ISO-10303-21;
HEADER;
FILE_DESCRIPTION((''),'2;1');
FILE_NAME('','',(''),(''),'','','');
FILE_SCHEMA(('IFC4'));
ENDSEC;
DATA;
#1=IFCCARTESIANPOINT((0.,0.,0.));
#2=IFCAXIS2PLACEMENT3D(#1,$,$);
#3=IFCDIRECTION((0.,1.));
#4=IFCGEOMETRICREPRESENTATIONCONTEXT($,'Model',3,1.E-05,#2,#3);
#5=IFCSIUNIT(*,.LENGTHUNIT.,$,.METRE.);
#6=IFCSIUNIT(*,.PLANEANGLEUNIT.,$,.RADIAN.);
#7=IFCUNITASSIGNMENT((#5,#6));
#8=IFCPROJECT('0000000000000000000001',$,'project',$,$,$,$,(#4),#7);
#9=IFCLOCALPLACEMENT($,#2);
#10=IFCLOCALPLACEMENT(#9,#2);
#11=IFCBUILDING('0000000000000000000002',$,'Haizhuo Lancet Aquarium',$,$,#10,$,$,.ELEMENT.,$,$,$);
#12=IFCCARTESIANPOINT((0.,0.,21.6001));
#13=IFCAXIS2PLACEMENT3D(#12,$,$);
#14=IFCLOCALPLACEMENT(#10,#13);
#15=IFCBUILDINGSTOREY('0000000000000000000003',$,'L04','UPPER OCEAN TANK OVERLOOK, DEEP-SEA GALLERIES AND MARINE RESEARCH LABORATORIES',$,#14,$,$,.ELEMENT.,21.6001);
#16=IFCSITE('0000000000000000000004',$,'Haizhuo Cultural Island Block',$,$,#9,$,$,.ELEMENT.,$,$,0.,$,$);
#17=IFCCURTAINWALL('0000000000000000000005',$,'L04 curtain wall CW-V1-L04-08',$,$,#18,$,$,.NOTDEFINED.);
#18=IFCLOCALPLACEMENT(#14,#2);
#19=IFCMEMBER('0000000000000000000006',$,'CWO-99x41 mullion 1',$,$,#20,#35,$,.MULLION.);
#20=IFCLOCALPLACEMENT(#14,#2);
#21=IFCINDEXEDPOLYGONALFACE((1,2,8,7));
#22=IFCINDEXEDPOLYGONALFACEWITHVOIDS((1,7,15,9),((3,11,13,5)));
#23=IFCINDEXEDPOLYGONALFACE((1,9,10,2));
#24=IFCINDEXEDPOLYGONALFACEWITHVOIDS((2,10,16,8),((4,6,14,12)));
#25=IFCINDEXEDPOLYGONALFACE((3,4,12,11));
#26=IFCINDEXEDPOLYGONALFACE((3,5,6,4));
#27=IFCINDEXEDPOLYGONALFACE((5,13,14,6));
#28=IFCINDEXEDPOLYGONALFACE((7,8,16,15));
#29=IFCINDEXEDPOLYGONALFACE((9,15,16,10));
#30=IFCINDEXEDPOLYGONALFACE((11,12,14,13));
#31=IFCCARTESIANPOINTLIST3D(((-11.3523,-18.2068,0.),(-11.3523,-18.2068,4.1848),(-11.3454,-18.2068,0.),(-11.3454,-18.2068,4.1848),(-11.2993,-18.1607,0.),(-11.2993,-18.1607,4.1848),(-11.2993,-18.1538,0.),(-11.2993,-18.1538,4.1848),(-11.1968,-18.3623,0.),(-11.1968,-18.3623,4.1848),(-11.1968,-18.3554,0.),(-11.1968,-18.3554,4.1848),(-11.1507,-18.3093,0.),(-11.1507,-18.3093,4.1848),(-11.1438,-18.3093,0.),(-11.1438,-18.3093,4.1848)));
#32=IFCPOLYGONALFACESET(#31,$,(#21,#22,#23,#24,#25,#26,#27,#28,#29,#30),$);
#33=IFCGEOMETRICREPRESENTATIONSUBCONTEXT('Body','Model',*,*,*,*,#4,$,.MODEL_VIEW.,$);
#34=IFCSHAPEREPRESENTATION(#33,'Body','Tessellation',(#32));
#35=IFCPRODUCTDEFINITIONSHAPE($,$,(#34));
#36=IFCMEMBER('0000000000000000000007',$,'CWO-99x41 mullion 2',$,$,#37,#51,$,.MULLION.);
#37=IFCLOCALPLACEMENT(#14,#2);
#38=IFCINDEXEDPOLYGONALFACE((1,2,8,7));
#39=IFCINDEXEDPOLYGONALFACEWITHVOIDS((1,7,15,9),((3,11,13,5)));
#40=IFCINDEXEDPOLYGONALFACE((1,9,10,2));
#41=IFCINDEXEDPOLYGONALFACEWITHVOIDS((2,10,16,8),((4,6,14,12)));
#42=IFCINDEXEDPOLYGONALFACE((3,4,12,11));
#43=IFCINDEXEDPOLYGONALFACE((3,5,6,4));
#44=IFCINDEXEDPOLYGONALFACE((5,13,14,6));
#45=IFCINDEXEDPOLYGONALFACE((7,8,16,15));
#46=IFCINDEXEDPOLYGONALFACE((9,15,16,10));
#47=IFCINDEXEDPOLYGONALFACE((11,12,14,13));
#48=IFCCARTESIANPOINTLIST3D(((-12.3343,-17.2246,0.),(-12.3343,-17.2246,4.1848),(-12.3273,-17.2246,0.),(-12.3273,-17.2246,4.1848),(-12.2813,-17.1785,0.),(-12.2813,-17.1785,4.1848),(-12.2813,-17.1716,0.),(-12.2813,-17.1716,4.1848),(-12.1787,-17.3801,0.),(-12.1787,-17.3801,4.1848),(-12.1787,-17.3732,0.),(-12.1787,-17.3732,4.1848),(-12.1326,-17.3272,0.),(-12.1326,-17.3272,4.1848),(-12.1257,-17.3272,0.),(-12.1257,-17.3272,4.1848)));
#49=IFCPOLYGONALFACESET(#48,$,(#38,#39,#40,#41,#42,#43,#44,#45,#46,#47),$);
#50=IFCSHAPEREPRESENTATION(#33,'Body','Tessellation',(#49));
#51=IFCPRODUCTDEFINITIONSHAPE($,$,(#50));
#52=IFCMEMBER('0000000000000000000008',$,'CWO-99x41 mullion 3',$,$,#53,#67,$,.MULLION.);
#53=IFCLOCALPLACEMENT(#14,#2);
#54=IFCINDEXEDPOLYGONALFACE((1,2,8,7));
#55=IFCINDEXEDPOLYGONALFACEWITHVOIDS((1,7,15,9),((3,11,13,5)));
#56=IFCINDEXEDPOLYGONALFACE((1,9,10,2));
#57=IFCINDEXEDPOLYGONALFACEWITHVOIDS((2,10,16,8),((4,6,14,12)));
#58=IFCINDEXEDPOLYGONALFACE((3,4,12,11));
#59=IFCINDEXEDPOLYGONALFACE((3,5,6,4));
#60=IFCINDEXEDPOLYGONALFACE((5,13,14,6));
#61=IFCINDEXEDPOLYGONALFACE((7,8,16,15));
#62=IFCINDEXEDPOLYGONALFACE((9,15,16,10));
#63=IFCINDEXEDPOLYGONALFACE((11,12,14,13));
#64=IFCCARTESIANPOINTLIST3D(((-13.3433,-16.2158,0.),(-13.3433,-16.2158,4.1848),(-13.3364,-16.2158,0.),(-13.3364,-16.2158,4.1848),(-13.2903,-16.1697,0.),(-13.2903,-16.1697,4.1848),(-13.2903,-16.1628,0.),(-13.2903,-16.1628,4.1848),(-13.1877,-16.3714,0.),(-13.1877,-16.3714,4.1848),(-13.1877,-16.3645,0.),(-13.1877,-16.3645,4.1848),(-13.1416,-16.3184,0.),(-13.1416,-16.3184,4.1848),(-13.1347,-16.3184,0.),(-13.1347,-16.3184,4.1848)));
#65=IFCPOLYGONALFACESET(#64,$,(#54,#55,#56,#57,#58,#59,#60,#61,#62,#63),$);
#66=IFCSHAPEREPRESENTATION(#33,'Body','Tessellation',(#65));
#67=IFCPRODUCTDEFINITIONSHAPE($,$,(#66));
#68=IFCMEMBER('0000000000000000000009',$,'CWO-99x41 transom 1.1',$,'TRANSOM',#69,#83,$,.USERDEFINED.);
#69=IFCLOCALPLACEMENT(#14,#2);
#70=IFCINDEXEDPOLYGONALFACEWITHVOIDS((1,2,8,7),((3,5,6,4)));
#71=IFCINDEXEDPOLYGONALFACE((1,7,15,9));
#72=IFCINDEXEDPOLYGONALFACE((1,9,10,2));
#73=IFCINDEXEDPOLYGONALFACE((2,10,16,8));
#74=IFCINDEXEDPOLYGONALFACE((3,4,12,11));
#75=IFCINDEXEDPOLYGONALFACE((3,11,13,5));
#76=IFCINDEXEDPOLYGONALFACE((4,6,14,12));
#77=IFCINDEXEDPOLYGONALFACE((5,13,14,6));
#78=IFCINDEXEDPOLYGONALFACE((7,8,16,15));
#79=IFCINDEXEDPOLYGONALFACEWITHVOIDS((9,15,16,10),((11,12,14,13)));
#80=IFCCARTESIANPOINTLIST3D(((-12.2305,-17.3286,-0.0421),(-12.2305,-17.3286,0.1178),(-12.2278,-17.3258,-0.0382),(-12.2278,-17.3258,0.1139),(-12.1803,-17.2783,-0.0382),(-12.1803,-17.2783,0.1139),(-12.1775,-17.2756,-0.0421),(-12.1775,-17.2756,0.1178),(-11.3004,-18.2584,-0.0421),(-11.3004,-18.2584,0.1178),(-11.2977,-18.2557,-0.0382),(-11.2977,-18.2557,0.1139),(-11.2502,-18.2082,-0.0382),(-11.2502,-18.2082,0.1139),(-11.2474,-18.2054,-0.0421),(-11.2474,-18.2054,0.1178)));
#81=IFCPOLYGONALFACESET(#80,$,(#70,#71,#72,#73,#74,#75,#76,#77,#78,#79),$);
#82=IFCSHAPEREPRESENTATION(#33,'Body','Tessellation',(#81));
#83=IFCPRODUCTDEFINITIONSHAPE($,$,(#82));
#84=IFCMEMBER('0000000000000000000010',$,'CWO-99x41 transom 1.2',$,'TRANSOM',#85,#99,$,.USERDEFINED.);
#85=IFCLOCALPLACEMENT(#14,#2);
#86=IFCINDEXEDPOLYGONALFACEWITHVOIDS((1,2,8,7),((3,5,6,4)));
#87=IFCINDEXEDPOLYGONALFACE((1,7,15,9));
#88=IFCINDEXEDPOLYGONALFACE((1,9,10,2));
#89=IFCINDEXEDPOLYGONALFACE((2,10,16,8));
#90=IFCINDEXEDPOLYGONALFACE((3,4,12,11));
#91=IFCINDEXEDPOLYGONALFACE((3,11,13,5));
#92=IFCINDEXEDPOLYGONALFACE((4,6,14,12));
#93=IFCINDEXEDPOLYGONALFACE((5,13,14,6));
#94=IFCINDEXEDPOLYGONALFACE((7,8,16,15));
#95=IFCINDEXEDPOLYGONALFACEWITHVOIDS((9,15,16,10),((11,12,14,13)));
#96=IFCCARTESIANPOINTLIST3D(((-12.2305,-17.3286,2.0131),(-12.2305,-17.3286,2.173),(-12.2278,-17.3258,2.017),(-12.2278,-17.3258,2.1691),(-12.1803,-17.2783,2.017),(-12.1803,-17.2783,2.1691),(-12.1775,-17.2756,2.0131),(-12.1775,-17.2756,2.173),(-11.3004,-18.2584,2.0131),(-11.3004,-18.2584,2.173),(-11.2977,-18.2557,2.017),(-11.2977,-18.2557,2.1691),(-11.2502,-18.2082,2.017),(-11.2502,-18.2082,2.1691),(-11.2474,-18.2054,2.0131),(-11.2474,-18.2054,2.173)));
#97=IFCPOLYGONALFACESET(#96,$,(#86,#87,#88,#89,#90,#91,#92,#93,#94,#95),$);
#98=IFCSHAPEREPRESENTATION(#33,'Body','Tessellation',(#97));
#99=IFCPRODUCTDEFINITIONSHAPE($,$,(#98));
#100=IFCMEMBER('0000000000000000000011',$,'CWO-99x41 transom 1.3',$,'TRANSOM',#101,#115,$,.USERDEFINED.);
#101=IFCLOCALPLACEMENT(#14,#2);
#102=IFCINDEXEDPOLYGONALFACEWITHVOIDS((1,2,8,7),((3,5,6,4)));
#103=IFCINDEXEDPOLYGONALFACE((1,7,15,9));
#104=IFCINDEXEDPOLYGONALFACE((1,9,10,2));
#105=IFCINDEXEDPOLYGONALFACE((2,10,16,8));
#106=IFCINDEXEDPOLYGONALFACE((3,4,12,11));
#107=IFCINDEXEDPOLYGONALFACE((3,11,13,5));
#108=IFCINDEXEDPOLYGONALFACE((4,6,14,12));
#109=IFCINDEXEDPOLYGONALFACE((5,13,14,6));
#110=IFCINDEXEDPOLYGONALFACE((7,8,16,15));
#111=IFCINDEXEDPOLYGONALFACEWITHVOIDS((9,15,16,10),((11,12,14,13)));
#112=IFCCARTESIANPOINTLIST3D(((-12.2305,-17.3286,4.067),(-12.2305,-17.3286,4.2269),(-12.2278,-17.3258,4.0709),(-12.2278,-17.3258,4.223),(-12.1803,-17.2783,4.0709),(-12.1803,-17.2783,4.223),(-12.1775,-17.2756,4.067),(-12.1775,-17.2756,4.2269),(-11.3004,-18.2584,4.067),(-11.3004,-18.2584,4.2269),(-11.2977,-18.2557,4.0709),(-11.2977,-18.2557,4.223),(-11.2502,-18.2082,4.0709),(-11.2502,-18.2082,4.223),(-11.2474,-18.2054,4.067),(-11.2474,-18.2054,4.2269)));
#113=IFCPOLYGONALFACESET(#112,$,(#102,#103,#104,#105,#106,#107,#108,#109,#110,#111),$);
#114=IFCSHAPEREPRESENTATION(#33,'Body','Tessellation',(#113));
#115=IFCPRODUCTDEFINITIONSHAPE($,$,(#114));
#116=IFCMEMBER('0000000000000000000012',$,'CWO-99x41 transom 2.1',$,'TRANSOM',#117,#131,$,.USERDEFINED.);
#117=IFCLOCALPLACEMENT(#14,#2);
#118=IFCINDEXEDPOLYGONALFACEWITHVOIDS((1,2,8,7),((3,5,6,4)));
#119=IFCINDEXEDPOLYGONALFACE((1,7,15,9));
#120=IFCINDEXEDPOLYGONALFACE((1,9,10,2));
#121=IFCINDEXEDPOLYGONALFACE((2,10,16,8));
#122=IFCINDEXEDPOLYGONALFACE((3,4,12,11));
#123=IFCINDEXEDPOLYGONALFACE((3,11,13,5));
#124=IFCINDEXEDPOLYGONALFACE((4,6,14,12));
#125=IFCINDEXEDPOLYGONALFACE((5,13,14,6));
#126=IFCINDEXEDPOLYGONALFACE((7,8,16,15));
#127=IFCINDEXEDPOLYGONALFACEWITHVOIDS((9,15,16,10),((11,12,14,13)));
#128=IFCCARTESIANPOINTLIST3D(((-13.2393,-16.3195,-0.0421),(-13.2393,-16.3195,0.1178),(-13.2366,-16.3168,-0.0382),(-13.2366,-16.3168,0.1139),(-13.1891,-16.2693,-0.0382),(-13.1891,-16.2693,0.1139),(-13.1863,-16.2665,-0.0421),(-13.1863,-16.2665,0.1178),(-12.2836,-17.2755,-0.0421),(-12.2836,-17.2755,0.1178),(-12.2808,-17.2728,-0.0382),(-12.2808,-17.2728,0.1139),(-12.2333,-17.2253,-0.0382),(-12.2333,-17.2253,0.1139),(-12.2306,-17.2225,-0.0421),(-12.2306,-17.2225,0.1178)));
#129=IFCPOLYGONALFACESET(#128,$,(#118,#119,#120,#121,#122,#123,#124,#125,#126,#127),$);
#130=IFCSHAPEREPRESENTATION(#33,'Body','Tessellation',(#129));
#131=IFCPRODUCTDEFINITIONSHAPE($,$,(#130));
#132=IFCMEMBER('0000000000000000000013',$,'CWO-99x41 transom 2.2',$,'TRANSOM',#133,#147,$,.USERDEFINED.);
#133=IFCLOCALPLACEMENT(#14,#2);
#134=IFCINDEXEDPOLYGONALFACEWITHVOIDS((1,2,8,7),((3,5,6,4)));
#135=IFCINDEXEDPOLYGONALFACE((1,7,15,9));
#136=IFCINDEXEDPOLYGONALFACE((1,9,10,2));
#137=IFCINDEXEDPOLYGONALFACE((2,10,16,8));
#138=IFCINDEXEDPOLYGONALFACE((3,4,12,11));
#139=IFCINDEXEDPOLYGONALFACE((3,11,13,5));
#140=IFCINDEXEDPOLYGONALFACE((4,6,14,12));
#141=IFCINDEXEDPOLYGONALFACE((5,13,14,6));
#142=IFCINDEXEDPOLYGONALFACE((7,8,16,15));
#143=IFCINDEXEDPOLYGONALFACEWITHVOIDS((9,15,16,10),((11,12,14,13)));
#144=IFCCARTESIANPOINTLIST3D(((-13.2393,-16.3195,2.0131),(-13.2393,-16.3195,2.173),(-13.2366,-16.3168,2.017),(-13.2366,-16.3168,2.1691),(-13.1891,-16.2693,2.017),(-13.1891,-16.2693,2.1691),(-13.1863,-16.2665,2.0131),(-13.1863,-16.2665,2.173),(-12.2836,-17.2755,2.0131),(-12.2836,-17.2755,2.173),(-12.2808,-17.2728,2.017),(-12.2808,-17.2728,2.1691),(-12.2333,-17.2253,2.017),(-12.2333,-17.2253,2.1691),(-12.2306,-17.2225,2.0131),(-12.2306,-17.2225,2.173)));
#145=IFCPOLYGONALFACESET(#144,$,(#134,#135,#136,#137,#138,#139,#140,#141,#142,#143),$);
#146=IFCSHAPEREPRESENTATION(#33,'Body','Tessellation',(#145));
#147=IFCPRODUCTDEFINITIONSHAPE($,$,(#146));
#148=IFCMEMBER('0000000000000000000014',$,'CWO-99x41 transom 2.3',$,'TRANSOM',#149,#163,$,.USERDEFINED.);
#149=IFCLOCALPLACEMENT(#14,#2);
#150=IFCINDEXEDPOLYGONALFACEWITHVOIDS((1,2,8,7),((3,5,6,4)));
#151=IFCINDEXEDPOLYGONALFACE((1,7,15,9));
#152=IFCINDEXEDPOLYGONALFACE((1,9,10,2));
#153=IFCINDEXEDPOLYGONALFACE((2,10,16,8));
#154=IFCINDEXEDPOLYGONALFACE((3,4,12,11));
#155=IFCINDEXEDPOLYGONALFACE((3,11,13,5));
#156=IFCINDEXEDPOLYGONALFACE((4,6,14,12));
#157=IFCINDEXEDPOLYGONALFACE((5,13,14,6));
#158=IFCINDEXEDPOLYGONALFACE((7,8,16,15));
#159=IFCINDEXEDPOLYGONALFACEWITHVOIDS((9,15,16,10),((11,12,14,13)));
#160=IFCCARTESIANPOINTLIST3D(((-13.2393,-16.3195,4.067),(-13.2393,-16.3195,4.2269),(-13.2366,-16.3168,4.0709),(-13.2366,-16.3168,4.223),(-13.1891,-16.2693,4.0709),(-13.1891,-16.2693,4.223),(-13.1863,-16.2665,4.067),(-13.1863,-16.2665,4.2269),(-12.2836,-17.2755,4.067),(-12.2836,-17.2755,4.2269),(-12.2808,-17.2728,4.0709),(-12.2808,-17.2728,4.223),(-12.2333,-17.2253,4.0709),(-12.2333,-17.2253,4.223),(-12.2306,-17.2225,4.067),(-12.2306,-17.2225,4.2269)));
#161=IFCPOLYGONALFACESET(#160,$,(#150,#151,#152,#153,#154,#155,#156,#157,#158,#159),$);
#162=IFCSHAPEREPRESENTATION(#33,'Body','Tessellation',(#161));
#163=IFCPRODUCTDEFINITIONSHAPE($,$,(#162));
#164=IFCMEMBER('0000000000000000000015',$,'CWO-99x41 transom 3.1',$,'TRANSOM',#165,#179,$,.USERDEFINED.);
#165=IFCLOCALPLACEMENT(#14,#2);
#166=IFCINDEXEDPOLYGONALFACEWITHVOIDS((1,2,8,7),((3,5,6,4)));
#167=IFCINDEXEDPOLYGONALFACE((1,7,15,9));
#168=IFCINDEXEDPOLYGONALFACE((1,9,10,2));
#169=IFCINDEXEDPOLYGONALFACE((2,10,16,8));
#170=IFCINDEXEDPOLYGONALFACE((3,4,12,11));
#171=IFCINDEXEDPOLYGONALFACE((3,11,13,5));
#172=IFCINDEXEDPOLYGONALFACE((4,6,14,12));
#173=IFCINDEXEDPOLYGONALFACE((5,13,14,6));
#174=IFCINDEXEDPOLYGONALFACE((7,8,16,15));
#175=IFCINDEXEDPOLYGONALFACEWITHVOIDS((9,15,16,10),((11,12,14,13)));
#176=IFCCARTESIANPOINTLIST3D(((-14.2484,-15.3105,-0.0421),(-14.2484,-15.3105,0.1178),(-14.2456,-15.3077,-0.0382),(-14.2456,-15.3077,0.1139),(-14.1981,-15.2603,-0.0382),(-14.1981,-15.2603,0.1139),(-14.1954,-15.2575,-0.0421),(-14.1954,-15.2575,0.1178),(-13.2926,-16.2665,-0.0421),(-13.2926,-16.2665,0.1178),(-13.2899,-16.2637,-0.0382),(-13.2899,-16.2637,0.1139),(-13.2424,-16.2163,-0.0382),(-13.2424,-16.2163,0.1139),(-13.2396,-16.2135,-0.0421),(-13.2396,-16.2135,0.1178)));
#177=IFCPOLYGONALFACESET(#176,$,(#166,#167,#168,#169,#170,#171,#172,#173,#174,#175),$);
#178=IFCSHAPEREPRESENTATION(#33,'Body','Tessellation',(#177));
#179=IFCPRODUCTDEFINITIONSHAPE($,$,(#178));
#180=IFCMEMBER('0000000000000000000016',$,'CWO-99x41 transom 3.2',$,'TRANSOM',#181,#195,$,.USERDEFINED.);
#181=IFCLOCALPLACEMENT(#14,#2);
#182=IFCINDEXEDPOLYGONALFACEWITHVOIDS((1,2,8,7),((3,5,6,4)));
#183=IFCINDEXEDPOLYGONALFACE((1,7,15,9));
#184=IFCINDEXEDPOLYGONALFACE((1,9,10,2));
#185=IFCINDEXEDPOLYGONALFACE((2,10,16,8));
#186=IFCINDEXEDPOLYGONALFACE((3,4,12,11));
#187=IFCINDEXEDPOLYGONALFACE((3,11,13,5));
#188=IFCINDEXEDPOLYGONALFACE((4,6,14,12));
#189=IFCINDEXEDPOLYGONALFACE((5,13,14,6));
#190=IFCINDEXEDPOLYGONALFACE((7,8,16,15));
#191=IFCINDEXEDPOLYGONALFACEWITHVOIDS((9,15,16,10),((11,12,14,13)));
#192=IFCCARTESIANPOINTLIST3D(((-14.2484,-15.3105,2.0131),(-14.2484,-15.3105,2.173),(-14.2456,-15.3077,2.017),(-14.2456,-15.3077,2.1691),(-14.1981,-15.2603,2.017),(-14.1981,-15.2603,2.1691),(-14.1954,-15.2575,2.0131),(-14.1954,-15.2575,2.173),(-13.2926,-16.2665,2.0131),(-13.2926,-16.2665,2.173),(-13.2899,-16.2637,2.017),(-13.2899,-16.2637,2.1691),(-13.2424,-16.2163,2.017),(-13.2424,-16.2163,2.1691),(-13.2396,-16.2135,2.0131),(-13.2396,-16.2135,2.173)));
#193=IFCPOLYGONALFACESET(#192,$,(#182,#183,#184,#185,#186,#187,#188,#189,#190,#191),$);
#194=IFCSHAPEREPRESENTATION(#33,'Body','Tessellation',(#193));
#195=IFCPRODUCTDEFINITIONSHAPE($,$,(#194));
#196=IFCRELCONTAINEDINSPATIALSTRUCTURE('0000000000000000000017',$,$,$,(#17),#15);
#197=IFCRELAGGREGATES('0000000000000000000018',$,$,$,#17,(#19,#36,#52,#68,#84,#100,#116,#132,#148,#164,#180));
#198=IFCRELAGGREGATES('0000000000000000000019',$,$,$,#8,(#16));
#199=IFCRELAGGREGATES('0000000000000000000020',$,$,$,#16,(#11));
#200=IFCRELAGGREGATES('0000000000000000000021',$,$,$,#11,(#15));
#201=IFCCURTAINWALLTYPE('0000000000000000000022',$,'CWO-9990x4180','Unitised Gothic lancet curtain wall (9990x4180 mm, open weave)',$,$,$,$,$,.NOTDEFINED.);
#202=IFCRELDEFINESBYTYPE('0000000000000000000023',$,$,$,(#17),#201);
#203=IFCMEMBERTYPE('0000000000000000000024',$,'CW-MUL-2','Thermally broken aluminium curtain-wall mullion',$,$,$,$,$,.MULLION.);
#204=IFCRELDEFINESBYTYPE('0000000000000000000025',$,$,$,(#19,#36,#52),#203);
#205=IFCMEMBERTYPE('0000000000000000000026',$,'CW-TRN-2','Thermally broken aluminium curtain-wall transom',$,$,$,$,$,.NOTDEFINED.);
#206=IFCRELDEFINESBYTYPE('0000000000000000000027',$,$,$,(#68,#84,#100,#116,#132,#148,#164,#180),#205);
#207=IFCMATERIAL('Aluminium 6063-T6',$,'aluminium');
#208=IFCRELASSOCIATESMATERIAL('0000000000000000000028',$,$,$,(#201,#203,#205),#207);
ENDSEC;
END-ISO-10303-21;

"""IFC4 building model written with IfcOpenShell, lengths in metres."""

from ifc_helpers import new_model, si_unit, direction, frame, origin, origin_2d, place, context, subcontext, project, spatial, hollow_rectangle, extrude, material, material_profile, profile_set, type_object, element, aggregate, save


model = new_model("IFC4")

# Units and contexts
model_context = context("Model", 3, precision=1e-05, world=origin(), true_north=direction((0.0, 1.0)))
body_context = subcontext(model_context, "Body", "Model", "MODEL_VIEW")
ifc_project = project(units=[si_unit("LENGTHUNIT", "METRE"), si_unit("PLANEANGLEUNIT", "RADIAN")], contexts=[model_context])

# Site, building, storey
site_placement = place(None, origin())
site = spatial("IfcSite", under=ifc_project, at=site_placement, Name="Haizhuo Cultural Island Block", CompositionType="ELEMENT", RefElevation=0.0)
building_placement = place(site_placement, origin())
building = spatial("IfcBuilding", under=site, at=building_placement, Name="Haizhuo Lancet Aquarium", CompositionType="ELEMENT")
storey_placement = place(building_placement, frame((0.0, 0.0, 21.6001)))
storey = spatial("IfcBuildingStorey", under=building, at=storey_placement, Name="L04", Description="UPPER OCEAN TANK OVERLOOK, DEEP-SEA GALLERIES AND MARINE RESEARCH LABORATORIES", CompositionType="ELEMENT", Elevation=21.6001)

# Curtain wall, members
ifc_material_1 = material(Name="Aluminium 6063-T6", Category="aluminium")
curtain_wall_type = type_object("IfcCurtainWallType", Name="CWO-9990x4180", Description="Unitised Gothic lancet curtain wall (9990x4180 mm, open weave)", PredefinedType="NOTDEFINED", material=ifc_material_1)
curtain_wall_placement = place(storey_placement, origin())
curtain_wall = element("IfcCurtainWall", 1, at=curtain_wall_placement, inside=storey, type_object=curtain_wall_type, Name="L04 curtain wall CW-V1-L04-08", PredefinedType="NOTDEFINED")
ifc_material_profile_1 = material_profile(ifc_material_1, hollow_rectangle(XDim=0.075, YDim=0.22, WallThickness=0.0049, at=origin_2d()), Name="ALU-M 75x220x5")
ifc_profile_set_1 = profile_set([ifc_material_profile_1], Name="Aluminium 6063-T6")
member_type_1 = type_object("IfcMemberType", Name="CW-MUL-2", Description="Thermally broken aluminium curtain-wall mullion", PredefinedType="MULLION", material=ifc_profile_set_1)
member_1_placement = place(storey_placement, frame((-11.248, -18.2581, 0.0), z_axis=(0.0, 0.0, 1.0), x_axis=(-0.707107, -0.707107, 0.0)))
member_1 = element("IfcMember", 2, at=member_1_placement, type_object=member_type_1, Name="CWO-99x41 mullion 1", PredefinedType="MULLION", context=body_context, shape_type="SweptSolid", body=[
    extrude(hollow_rectangle(XDim=0.075, YDim=0.22, WallThickness=0.0049, at=origin_2d()), origin(), (0.0, 0.0, 1.0), 4.1848),
])
member_2_placement = place(storey_placement, frame((-12.23, -17.2759, 0.0), z_axis=(0.0, 0.0, 1.0), x_axis=(-0.707107, -0.707107, 0.0)))
member_2 = element("IfcMember", 3, at=member_2_placement, type_object=member_type_1, Name="CWO-99x41 mullion 2", PredefinedType="MULLION", context=body_context, shape_type="SweptSolid", body=[
    extrude(hollow_rectangle(XDim=0.075, YDim=0.22, WallThickness=0.0049, at=origin_2d()), origin(), (0.0, 0.0, 1.0), 4.1848),
])
member_3_placement = place(storey_placement, frame((-13.239, -16.2671, 0.0), z_axis=(0.0, 0.0, 1.0), x_axis=(-0.707107, -0.707107, 0.0)))
member_3 = element("IfcMember", 4, at=member_3_placement, type_object=member_type_1, Name="CWO-99x41 mullion 3", PredefinedType="MULLION", context=body_context, shape_type="SweptSolid", body=[
    extrude(hollow_rectangle(XDim=0.075, YDim=0.22, WallThickness=0.0049, at=origin_2d()), origin(), (0.0, 0.0, 1.0), 4.1848),
])
ifc_material_profile_2 = material_profile(ifc_material_1, hollow_rectangle(XDim=0.075, YDim=0.1599, WallThickness=0.0039, at=origin_2d()), Name="ALU-T 75x160x4")
ifc_profile_set_2 = profile_set([ifc_material_profile_2], Name="Aluminium 6063-T6")
member_type_2 = type_object("IfcMemberType", Name="CW-TRN-2", Description="Thermally broken aluminium curtain-wall transom", PredefinedType="NOTDEFINED", material=ifc_profile_set_2)
member_4_placement = place(storey_placement, frame((-11.2739, -18.2319, 0.0378), z_axis=(-0.7072, 0.707014, 0.0), x_axis=(-0.707014, -0.7072, 0.0)))
member_4 = element("IfcMember", 5, at=member_4_placement, type_object=member_type_2, Name="CWO-99x41 transom 1.1", ObjectType="TRANSOM", PredefinedType="USERDEFINED", context=body_context, shape_type="SweptSolid", body=[
    extrude(hollow_rectangle(XDim=0.075, YDim=0.1599, WallThickness=0.0039, at=origin_2d()), origin(), (0.0, 0.0, 1.0), 1.3152),
])
member_5_placement = place(storey_placement, frame((-11.2739, -18.2319, 2.093), z_axis=(-0.7072, 0.707014, 0.0), x_axis=(-0.707014, -0.7072, 0.0)))
member_5 = element("IfcMember", 6, at=member_5_placement, type_object=member_type_2, Name="CWO-99x41 transom 1.2", ObjectType="TRANSOM", PredefinedType="USERDEFINED", context=body_context, shape_type="SweptSolid", body=[
    extrude(hollow_rectangle(XDim=0.075, YDim=0.1599, WallThickness=0.0039, at=origin_2d()), origin(), (0.0, 0.0, 1.0), 1.3152),
])
member_6_placement = place(storey_placement, frame((-11.2739, -18.2319, 4.147), z_axis=(-0.7072, 0.707014, 0.0), x_axis=(-0.707014, -0.7072, 0.0)))
member_6 = element("IfcMember", 7, at=member_6_placement, type_object=member_type_2, Name="CWO-99x41 transom 1.3", ObjectType="TRANSOM", PredefinedType="USERDEFINED", context=body_context, shape_type="SweptSolid", body=[
    extrude(hollow_rectangle(XDim=0.075, YDim=0.1599, WallThickness=0.0039, at=origin_2d()), origin(), (0.0, 0.0, 1.0), 1.3152),
])
member_7_placement = place(storey_placement, frame((-12.2571, -17.249, 0.0378), z_axis=(-0.707016, 0.707197, 0.0), x_axis=(-0.707197, -0.707016, 0.0)))
member_7 = element("IfcMember", 8, at=member_7_placement, type_object=member_type_2, Name="CWO-99x41 transom 2.1", ObjectType="TRANSOM", PredefinedType="USERDEFINED", context=body_context, shape_type="SweptSolid", body=[
    extrude(hollow_rectangle(XDim=0.075, YDim=0.1599, WallThickness=0.0039, at=origin_2d()), origin(), (0.0, 0.0, 1.0), 1.3518),
])
member_8_placement = place(storey_placement, frame((-12.2571, -17.249, 2.093), z_axis=(-0.707016, 0.707197, 0.0), x_axis=(-0.707197, -0.707016, 0.0)))
member_8 = element("IfcMember", 9, at=member_8_placement, type_object=member_type_2, Name="CWO-99x41 transom 2.2", ObjectType="TRANSOM", PredefinedType="USERDEFINED", context=body_context, shape_type="SweptSolid", body=[
    extrude(hollow_rectangle(XDim=0.075, YDim=0.1599, WallThickness=0.0039, at=origin_2d()), origin(), (0.0, 0.0, 1.0), 1.3518),
])
member_9_placement = place(storey_placement, frame((-12.2571, -17.249, 4.147), z_axis=(-0.707016, 0.707197, 0.0), x_axis=(-0.707197, -0.707016, 0.0)))
member_9 = element("IfcMember", 10, at=member_9_placement, type_object=member_type_2, Name="CWO-99x41 transom 2.3", ObjectType="TRANSOM", PredefinedType="USERDEFINED", context=body_context, shape_type="SweptSolid", body=[
    extrude(hollow_rectangle(XDim=0.075, YDim=0.1599, WallThickness=0.0039, at=origin_2d()), origin(), (0.0, 0.0, 1.0), 1.3518),
])
member_10_placement = place(storey_placement, frame((-13.2661, -16.24, 0.0378), z_axis=(-0.707016, 0.707197, 0.0), x_axis=(-0.707197, -0.707016, 0.0)))
member_10 = element("IfcMember", 11, at=member_10_placement, type_object=member_type_2, Name="CWO-99x41 transom 3.1", ObjectType="TRANSOM", PredefinedType="USERDEFINED", context=body_context, shape_type="SweptSolid", body=[
    extrude(hollow_rectangle(XDim=0.075, YDim=0.1599, WallThickness=0.0039, at=origin_2d()), origin(), (0.0, 0.0, 1.0), 1.3518),
])
member_11_placement = place(storey_placement, frame((-13.2661, -16.24, 2.093), z_axis=(-0.707016, 0.707197, 0.0), x_axis=(-0.707197, -0.707016, 0.0)))
member_11 = element("IfcMember", 12, at=member_11_placement, type_object=member_type_2, Name="CWO-99x41 transom 3.2", ObjectType="TRANSOM", PredefinedType="USERDEFINED", context=body_context, shape_type="SweptSolid", body=[
    extrude(hollow_rectangle(XDim=0.075, YDim=0.1599, WallThickness=0.0039, at=origin_2d()), origin(), (0.0, 0.0, 1.0), 1.3518),
])

aggregate(curtain_wall, [member_1, member_2, member_3, member_4, member_5, member_6, member_7, member_8, member_9, member_10, member_11])

save(model, "model.ifc")
